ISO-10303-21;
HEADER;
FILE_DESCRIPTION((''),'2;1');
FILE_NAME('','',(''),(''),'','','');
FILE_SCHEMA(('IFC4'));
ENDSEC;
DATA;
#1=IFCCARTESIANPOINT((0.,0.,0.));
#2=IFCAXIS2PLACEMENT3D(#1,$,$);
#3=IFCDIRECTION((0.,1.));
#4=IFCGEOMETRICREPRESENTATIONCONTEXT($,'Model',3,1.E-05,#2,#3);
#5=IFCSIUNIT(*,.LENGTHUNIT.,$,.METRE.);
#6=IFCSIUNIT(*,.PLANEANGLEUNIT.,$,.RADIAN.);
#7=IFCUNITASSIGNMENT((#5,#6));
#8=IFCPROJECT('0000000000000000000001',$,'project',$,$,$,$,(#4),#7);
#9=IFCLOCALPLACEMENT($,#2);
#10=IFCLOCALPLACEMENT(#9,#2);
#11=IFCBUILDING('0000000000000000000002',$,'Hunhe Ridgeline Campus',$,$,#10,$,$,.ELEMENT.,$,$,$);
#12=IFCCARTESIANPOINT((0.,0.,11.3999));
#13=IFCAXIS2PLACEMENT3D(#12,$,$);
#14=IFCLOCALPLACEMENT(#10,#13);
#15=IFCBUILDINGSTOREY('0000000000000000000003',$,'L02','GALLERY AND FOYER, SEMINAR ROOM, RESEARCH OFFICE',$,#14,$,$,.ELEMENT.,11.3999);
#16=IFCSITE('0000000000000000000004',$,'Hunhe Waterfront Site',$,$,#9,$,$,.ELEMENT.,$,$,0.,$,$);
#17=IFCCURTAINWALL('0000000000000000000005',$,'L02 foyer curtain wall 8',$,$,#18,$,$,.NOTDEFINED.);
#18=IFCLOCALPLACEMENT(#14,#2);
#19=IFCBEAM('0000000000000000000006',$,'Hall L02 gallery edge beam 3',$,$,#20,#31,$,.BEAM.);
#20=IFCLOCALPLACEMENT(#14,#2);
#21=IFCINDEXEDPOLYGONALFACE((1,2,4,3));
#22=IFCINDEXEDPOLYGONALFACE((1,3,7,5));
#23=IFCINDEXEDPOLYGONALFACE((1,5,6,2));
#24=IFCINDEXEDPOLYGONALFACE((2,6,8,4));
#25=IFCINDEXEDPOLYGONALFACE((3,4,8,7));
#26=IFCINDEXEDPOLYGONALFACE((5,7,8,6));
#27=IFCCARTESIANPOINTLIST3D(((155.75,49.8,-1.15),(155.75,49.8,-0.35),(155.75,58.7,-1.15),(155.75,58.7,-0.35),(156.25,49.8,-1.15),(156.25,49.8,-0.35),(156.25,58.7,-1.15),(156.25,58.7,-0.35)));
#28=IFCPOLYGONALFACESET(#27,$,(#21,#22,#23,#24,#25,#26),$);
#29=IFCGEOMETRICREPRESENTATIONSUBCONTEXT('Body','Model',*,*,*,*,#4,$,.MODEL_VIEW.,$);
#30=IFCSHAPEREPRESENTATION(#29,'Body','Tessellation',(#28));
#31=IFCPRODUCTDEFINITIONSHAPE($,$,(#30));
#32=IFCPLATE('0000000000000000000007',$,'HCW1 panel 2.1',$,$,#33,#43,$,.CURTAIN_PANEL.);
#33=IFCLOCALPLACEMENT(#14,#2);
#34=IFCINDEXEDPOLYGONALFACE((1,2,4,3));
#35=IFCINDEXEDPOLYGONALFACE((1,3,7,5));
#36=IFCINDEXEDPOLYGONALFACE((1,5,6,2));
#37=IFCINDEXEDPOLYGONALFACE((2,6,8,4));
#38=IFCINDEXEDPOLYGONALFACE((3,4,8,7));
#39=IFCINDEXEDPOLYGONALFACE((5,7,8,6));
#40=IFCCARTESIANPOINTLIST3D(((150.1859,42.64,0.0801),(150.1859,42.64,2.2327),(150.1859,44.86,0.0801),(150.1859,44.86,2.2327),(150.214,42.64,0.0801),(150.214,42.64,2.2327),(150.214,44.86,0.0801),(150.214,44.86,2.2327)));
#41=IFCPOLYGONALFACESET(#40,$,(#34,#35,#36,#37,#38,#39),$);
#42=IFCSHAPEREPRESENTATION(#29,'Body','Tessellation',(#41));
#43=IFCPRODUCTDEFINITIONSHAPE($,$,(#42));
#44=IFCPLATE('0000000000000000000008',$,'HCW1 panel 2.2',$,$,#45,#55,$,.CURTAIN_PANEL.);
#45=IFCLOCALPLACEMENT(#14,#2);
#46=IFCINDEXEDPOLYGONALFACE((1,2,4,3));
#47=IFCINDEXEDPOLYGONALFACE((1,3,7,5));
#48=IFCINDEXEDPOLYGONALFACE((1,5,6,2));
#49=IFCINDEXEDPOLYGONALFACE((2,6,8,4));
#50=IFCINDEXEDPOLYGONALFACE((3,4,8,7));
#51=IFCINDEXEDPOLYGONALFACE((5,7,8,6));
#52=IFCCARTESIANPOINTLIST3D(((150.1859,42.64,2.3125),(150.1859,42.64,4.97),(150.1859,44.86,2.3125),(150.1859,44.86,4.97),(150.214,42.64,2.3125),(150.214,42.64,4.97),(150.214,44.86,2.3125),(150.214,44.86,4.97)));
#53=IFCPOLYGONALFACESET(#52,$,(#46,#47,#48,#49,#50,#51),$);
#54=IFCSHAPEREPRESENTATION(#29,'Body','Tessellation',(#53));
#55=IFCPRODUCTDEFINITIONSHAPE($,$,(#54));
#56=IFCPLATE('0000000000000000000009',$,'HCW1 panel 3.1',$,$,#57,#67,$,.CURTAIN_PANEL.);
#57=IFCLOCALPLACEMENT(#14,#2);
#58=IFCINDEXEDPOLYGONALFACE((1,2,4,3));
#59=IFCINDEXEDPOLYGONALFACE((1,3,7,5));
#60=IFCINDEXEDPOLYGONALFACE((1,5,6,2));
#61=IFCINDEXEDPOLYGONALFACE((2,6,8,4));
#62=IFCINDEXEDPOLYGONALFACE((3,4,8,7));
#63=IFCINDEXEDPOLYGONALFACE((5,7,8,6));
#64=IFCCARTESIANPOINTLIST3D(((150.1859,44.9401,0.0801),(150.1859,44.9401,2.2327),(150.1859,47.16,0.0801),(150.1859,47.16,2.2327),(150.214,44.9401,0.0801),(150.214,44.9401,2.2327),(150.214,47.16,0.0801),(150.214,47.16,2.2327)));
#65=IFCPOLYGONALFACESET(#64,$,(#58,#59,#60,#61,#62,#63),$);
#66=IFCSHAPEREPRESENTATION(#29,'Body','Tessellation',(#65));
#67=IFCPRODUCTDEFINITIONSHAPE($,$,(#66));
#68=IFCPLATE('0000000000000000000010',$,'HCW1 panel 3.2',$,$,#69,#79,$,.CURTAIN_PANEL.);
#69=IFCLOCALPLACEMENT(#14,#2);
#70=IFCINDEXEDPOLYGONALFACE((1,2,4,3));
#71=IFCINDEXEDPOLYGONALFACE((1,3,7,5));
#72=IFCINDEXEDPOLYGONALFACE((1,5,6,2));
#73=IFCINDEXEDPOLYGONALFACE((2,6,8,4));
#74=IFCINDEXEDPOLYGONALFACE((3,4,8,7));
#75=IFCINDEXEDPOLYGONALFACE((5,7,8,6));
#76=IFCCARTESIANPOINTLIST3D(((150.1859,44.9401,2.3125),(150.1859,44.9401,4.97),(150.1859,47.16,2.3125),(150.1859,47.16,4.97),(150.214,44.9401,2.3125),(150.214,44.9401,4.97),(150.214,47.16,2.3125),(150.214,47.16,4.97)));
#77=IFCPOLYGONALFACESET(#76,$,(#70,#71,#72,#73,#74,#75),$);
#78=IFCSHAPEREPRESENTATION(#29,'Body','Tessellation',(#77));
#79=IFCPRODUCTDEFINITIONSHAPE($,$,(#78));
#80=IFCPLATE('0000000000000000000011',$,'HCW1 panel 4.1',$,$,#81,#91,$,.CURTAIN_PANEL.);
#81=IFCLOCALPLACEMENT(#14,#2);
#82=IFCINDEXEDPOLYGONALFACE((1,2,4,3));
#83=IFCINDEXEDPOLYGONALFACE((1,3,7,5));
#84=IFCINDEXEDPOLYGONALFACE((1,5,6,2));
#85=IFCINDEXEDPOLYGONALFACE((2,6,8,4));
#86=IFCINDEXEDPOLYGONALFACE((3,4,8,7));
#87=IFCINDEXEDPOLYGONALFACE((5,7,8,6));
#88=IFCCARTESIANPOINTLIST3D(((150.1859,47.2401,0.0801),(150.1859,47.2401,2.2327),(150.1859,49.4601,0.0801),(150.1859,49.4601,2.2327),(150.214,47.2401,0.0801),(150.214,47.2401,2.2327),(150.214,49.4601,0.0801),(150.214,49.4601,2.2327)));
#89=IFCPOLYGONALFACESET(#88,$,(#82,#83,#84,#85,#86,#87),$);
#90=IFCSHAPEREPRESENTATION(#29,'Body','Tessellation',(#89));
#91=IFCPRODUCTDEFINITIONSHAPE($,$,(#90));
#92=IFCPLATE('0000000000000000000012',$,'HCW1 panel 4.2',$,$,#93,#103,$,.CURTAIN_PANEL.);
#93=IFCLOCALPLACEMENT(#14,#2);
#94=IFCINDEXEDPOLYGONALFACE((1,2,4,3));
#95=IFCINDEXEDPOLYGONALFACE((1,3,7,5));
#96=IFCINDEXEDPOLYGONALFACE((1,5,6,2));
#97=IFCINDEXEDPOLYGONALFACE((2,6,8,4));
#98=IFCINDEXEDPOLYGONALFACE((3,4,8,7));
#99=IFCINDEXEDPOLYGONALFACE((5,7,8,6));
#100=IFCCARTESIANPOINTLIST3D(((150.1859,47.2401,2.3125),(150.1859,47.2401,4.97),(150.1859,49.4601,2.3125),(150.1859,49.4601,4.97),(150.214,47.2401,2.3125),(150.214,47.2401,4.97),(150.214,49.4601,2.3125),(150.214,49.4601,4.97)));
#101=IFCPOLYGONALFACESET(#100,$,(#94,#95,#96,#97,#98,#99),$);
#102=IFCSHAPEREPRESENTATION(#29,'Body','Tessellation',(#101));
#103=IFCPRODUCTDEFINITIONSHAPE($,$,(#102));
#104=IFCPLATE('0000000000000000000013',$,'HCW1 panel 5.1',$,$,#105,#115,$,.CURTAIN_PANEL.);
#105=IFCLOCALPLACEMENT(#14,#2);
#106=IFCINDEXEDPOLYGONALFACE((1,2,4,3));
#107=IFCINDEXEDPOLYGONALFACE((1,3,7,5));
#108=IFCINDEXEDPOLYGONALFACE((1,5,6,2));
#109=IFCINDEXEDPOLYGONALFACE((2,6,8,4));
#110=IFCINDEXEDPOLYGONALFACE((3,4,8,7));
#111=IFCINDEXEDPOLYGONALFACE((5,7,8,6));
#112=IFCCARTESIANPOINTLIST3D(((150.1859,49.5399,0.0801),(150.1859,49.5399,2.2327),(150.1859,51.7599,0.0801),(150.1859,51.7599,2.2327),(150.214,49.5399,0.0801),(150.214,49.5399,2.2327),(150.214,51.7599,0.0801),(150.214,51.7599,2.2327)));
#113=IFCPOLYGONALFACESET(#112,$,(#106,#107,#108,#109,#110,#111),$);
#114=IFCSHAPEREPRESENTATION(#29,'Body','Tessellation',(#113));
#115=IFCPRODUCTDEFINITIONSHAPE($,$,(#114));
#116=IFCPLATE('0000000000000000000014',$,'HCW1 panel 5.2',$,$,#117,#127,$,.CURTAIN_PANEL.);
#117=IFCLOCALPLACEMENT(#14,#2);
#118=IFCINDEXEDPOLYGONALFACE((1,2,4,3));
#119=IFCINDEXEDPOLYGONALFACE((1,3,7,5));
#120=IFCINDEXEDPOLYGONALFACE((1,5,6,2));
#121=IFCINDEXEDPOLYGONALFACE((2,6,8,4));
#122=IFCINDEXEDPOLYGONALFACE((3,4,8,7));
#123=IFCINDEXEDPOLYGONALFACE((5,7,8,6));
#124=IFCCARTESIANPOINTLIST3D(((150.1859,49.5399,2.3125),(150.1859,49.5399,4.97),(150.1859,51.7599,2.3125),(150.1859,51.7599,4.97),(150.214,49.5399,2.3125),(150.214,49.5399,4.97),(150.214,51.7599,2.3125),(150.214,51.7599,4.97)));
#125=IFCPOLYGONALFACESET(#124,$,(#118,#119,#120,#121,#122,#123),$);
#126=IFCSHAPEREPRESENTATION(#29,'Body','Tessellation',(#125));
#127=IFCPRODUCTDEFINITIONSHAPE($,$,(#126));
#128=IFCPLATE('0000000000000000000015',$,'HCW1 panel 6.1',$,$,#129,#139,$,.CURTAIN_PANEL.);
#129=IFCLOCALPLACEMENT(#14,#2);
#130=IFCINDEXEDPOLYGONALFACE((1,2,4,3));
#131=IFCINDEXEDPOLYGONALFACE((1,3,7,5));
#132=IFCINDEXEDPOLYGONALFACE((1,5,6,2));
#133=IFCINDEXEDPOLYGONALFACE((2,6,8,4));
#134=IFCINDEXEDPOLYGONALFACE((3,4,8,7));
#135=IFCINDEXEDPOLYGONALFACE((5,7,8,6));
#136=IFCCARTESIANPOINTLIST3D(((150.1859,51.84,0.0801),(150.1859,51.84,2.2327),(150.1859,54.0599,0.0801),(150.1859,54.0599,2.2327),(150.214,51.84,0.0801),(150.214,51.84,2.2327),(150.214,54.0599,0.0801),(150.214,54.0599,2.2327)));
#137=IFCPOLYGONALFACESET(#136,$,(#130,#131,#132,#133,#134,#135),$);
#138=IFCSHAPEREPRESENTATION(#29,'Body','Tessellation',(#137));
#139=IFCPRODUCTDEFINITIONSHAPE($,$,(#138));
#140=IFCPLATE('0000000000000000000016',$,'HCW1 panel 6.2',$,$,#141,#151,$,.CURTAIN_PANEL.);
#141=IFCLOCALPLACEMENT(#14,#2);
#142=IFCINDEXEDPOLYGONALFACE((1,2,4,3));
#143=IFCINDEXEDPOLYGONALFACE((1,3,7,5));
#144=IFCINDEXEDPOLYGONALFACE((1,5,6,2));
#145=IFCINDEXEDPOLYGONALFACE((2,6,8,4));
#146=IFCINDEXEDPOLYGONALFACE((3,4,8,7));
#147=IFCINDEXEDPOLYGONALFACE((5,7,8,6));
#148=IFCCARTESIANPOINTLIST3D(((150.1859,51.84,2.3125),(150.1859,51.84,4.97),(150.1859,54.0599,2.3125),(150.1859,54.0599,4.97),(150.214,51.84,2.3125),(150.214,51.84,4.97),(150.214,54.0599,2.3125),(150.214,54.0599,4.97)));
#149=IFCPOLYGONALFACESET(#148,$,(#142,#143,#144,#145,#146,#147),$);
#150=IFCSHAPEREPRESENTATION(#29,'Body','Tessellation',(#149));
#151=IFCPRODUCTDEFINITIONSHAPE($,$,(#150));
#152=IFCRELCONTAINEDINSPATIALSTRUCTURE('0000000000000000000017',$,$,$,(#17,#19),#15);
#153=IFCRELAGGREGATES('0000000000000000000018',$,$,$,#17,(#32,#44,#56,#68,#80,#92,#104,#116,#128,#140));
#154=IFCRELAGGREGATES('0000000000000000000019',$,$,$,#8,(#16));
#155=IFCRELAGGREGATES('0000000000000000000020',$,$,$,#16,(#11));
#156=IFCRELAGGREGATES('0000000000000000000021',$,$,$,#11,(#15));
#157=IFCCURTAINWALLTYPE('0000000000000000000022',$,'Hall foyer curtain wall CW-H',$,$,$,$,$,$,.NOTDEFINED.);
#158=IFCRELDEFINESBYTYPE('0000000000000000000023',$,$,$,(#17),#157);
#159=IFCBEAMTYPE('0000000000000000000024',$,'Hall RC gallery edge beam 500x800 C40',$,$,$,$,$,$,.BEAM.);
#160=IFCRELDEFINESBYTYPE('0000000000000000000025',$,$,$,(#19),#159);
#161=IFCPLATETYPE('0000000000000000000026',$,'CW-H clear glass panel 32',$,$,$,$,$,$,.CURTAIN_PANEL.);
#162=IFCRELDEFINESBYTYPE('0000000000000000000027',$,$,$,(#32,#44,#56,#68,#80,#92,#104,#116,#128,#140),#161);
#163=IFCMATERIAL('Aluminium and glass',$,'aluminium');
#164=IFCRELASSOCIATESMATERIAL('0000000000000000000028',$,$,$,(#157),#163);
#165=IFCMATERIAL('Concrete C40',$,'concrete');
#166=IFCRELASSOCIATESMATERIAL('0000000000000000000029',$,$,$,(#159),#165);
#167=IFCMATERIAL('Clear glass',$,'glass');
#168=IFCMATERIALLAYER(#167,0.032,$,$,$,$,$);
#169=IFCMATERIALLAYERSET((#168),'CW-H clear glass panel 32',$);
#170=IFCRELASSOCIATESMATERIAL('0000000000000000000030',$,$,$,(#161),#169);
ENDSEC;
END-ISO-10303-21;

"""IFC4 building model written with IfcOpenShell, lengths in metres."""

from ifc_helpers import new_model, si_unit, direction, frame, origin, origin_2d, place, context, subcontext, project, spatial, rectangle, extrude, material, layer, layer_set, material_profile, profile_set, type_object, element, aggregate, save


model = new_model("IFC4")

# Units and contexts
model_context = context("Model", 3, precision=1e-05, world=origin(), true_north=direction((0.0, 1.0)))
body_context = subcontext(model_context, "Body", "Model", "MODEL_VIEW")
ifc_project = project(units=[si_unit("LENGTHUNIT", "METRE"), si_unit("PLANEANGLEUNIT", "RADIAN")], contexts=[model_context])

# Site, building, storey
site_placement = place(None, origin())
site = spatial("IfcSite", under=ifc_project, at=site_placement, Name="Hunhe Waterfront Site", CompositionType="ELEMENT", RefElevation=0.0)
building_placement = place(site_placement, origin())
building = spatial("IfcBuilding", under=site, at=building_placement, Name="Hunhe Ridgeline Campus", CompositionType="ELEMENT")
storey_placement = place(building_placement, frame((0.0, 0.0, 11.3999)))
storey = spatial("IfcBuildingStorey", under=building, at=storey_placement, Name="L02", Description="GALLERY AND FOYER, SEMINAR ROOM, RESEARCH OFFICE", CompositionType="ELEMENT", Elevation=11.3999)

# Curtain wall
ifc_material_1 = material(Name="Aluminium and glass", Category="aluminium")
curtain_wall_type = type_object("IfcCurtainWallType", Name="Hall foyer curtain wall CW-H", PredefinedType="NOTDEFINED", material=ifc_material_1)
curtain_wall_placement = place(storey_placement, origin())
curtain_wall = element("IfcCurtainWall", 1, at=curtain_wall_placement, inside=storey, type_object=curtain_wall_type, Name="L02 foyer curtain wall 8", PredefinedType="NOTDEFINED")

# Beam
ifc_material_2 = material(Name="Concrete C40", Category="concrete")
ifc_material_profile_1 = material_profile(ifc_material_2, rectangle(XDim=0.5, YDim=0.8, at=origin_2d()))
ifc_profile_set_1 = profile_set([ifc_material_profile_1], Name="Concrete C40")
beam_type = type_object("IfcBeamType", Name="Hall RC gallery edge beam 500x800 C40", PredefinedType="BEAM", material=ifc_profile_set_1)
beam_placement = place(storey_placement, frame((156.0, 49.8, -0.75), z_axis=(0.0, 1.0, 0.0), x_axis=(-1.0, 0.0, 0.0)))
element("IfcBeam", 2, at=beam_placement, inside=storey, type_object=beam_type, Name="Hall L02 gallery edge beam 3", PredefinedType="BEAM", context=body_context, shape_type="SweptSolid", body=[
    extrude(rectangle(XDim=0.5, YDim=0.8, at=origin_2d()), origin(), (0.0, 0.0, 1.0), 8.8999),
])

# Plates
ifc_material_3 = material(Name="Clear glass", Category="glass")
ifc_layer = layer(ifc_material_3, 0.032)
ifc_layer_set = layer_set([ifc_layer], Name="CW-H clear glass panel 32")
plate_type = type_object("IfcPlateType", Name="CW-H clear glass panel 32", PredefinedType="CURTAIN_PANEL", material=ifc_layer_set)
plate_1_placement = place(storey_placement, frame((150.2, 43.75, 0.0801), z_axis=(0.0, 0.0, 1.0), x_axis=(0.0, 1.0, 0.0)))
plate_1 = element("IfcPlate", 3, at=plate_1_placement, type_object=plate_type, Name="HCW1 panel 2.1", PredefinedType="CURTAIN_PANEL", context=body_context, shape_type="SweptSolid", body=[
    extrude(rectangle(XDim=2.22, YDim=0.0281, at=origin_2d()), origin(), (0.0, 0.0, 1.0), 2.1526),
])
plate_2_placement = place(storey_placement, frame((150.2, 43.75, 2.3125), z_axis=(0.0, 0.0, 1.0), x_axis=(0.0, 1.0, 0.0)))
plate_2 = element("IfcPlate", 4, at=plate_2_placement, type_object=plate_type, Name="HCW1 panel 2.2", PredefinedType="CURTAIN_PANEL", context=body_context, shape_type="SweptSolid", body=[
    extrude(rectangle(XDim=2.22, YDim=0.0281, at=origin_2d()), origin(), (0.0, 0.0, 1.0), 2.6575),
])
plate_3_placement = place(storey_placement, frame((150.2, 46.05, 0.0801), z_axis=(0.0, 0.0, 1.0), x_axis=(0.0, 1.0, 0.0)))
plate_3 = element("IfcPlate", 5, at=plate_3_placement, type_object=plate_type, Name="HCW1 panel 3.1", PredefinedType="CURTAIN_PANEL", context=body_context, shape_type="SweptSolid", body=[
    extrude(rectangle(XDim=2.22, YDim=0.0281, at=origin_2d()), origin(), (0.0, 0.0, 1.0), 2.1526),
])
plate_4_placement = place(storey_placement, frame((150.2, 46.05, 2.3125), z_axis=(0.0, 0.0, 1.0), x_axis=(0.0, 1.0, 0.0)))
plate_4 = element("IfcPlate", 6, at=plate_4_placement, type_object=plate_type, Name="HCW1 panel 3.2", PredefinedType="CURTAIN_PANEL", context=body_context, shape_type="SweptSolid", body=[
    extrude(rectangle(XDim=2.22, YDim=0.0281, at=origin_2d()), origin(), (0.0, 0.0, 1.0), 2.6575),
])
plate_5_placement = place(storey_placement, frame((150.2, 48.3501, 0.0801), z_axis=(0.0, 0.0, 1.0), x_axis=(0.0, 1.0, 0.0)))
plate_5 = element("IfcPlate", 7, at=plate_5_placement, type_object=plate_type, Name="HCW1 panel 4.1", PredefinedType="CURTAIN_PANEL", context=body_context, shape_type="SweptSolid", body=[
    extrude(rectangle(XDim=2.22, YDim=0.0281, at=origin_2d()), origin(), (0.0, 0.0, 1.0), 2.1526),
])
plate_6_placement = place(storey_placement, frame((150.2, 48.3501, 2.3125), z_axis=(0.0, 0.0, 1.0), x_axis=(0.0, 1.0, 0.0)))
plate_6 = element("IfcPlate", 8, at=plate_6_placement, type_object=plate_type, Name="HCW1 panel 4.2", PredefinedType="CURTAIN_PANEL", context=body_context, shape_type="SweptSolid", body=[
    extrude(rectangle(XDim=2.22, YDim=0.0281, at=origin_2d()), origin(), (0.0, 0.0, 1.0), 2.6575),
])
plate_7_placement = place(storey_placement, frame((150.2, 50.6499, 0.0801), z_axis=(0.0, 0.0, 1.0), x_axis=(0.0, 1.0, 0.0)))
plate_7 = element("IfcPlate", 9, at=plate_7_placement, type_object=plate_type, Name="HCW1 panel 5.1", PredefinedType="CURTAIN_PANEL", context=body_context, shape_type="SweptSolid", body=[
    extrude(rectangle(XDim=2.22, YDim=0.0281, at=origin_2d()), origin(), (0.0, 0.0, 1.0), 2.1526),
])
plate_8_placement = place(storey_placement, frame((150.2, 50.6499, 2.3125), z_axis=(0.0, 0.0, 1.0), x_axis=(0.0, 1.0, 0.0)))
plate_8 = element("IfcPlate", 10, at=plate_8_placement, type_object=plate_type, Name="HCW1 panel 5.2", PredefinedType="CURTAIN_PANEL", context=body_context, shape_type="SweptSolid", body=[
    extrude(rectangle(XDim=2.22, YDim=0.0281, at=origin_2d()), origin(), (0.0, 0.0, 1.0), 2.6575),
])
plate_9_placement = place(storey_placement, frame((150.2, 52.95, 0.0801), z_axis=(0.0, 0.0, 1.0), x_axis=(0.0, 1.0, 0.0)))
plate_9 = element("IfcPlate", 11, at=plate_9_placement, type_object=plate_type, Name="HCW1 panel 6.1", PredefinedType="CURTAIN_PANEL", context=body_context, shape_type="SweptSolid", body=[
    extrude(rectangle(XDim=2.22, YDim=0.0281, at=origin_2d()), origin(), (0.0, 0.0, 1.0), 2.1526),
])
plate_10_placement = place(storey_placement, frame((150.2, 52.95, 2.3125), z_axis=(0.0, 0.0, 1.0), x_axis=(0.0, 1.0, 0.0)))
plate_10 = element("IfcPlate", 12, at=plate_10_placement, type_object=plate_type, Name="HCW1 panel 6.2", PredefinedType="CURTAIN_PANEL", context=body_context, shape_type="SweptSolid", body=[
    extrude(rectangle(XDim=2.22, YDim=0.0281, at=origin_2d()), origin(), (0.0, 0.0, 1.0), 2.6575),
])
aggregate(curtain_wall, [plate_1, plate_2, plate_3, plate_4, plate_5, plate_6, plate_7, plate_8, plate_9, plate_10])

save(model, "model.ifc")
